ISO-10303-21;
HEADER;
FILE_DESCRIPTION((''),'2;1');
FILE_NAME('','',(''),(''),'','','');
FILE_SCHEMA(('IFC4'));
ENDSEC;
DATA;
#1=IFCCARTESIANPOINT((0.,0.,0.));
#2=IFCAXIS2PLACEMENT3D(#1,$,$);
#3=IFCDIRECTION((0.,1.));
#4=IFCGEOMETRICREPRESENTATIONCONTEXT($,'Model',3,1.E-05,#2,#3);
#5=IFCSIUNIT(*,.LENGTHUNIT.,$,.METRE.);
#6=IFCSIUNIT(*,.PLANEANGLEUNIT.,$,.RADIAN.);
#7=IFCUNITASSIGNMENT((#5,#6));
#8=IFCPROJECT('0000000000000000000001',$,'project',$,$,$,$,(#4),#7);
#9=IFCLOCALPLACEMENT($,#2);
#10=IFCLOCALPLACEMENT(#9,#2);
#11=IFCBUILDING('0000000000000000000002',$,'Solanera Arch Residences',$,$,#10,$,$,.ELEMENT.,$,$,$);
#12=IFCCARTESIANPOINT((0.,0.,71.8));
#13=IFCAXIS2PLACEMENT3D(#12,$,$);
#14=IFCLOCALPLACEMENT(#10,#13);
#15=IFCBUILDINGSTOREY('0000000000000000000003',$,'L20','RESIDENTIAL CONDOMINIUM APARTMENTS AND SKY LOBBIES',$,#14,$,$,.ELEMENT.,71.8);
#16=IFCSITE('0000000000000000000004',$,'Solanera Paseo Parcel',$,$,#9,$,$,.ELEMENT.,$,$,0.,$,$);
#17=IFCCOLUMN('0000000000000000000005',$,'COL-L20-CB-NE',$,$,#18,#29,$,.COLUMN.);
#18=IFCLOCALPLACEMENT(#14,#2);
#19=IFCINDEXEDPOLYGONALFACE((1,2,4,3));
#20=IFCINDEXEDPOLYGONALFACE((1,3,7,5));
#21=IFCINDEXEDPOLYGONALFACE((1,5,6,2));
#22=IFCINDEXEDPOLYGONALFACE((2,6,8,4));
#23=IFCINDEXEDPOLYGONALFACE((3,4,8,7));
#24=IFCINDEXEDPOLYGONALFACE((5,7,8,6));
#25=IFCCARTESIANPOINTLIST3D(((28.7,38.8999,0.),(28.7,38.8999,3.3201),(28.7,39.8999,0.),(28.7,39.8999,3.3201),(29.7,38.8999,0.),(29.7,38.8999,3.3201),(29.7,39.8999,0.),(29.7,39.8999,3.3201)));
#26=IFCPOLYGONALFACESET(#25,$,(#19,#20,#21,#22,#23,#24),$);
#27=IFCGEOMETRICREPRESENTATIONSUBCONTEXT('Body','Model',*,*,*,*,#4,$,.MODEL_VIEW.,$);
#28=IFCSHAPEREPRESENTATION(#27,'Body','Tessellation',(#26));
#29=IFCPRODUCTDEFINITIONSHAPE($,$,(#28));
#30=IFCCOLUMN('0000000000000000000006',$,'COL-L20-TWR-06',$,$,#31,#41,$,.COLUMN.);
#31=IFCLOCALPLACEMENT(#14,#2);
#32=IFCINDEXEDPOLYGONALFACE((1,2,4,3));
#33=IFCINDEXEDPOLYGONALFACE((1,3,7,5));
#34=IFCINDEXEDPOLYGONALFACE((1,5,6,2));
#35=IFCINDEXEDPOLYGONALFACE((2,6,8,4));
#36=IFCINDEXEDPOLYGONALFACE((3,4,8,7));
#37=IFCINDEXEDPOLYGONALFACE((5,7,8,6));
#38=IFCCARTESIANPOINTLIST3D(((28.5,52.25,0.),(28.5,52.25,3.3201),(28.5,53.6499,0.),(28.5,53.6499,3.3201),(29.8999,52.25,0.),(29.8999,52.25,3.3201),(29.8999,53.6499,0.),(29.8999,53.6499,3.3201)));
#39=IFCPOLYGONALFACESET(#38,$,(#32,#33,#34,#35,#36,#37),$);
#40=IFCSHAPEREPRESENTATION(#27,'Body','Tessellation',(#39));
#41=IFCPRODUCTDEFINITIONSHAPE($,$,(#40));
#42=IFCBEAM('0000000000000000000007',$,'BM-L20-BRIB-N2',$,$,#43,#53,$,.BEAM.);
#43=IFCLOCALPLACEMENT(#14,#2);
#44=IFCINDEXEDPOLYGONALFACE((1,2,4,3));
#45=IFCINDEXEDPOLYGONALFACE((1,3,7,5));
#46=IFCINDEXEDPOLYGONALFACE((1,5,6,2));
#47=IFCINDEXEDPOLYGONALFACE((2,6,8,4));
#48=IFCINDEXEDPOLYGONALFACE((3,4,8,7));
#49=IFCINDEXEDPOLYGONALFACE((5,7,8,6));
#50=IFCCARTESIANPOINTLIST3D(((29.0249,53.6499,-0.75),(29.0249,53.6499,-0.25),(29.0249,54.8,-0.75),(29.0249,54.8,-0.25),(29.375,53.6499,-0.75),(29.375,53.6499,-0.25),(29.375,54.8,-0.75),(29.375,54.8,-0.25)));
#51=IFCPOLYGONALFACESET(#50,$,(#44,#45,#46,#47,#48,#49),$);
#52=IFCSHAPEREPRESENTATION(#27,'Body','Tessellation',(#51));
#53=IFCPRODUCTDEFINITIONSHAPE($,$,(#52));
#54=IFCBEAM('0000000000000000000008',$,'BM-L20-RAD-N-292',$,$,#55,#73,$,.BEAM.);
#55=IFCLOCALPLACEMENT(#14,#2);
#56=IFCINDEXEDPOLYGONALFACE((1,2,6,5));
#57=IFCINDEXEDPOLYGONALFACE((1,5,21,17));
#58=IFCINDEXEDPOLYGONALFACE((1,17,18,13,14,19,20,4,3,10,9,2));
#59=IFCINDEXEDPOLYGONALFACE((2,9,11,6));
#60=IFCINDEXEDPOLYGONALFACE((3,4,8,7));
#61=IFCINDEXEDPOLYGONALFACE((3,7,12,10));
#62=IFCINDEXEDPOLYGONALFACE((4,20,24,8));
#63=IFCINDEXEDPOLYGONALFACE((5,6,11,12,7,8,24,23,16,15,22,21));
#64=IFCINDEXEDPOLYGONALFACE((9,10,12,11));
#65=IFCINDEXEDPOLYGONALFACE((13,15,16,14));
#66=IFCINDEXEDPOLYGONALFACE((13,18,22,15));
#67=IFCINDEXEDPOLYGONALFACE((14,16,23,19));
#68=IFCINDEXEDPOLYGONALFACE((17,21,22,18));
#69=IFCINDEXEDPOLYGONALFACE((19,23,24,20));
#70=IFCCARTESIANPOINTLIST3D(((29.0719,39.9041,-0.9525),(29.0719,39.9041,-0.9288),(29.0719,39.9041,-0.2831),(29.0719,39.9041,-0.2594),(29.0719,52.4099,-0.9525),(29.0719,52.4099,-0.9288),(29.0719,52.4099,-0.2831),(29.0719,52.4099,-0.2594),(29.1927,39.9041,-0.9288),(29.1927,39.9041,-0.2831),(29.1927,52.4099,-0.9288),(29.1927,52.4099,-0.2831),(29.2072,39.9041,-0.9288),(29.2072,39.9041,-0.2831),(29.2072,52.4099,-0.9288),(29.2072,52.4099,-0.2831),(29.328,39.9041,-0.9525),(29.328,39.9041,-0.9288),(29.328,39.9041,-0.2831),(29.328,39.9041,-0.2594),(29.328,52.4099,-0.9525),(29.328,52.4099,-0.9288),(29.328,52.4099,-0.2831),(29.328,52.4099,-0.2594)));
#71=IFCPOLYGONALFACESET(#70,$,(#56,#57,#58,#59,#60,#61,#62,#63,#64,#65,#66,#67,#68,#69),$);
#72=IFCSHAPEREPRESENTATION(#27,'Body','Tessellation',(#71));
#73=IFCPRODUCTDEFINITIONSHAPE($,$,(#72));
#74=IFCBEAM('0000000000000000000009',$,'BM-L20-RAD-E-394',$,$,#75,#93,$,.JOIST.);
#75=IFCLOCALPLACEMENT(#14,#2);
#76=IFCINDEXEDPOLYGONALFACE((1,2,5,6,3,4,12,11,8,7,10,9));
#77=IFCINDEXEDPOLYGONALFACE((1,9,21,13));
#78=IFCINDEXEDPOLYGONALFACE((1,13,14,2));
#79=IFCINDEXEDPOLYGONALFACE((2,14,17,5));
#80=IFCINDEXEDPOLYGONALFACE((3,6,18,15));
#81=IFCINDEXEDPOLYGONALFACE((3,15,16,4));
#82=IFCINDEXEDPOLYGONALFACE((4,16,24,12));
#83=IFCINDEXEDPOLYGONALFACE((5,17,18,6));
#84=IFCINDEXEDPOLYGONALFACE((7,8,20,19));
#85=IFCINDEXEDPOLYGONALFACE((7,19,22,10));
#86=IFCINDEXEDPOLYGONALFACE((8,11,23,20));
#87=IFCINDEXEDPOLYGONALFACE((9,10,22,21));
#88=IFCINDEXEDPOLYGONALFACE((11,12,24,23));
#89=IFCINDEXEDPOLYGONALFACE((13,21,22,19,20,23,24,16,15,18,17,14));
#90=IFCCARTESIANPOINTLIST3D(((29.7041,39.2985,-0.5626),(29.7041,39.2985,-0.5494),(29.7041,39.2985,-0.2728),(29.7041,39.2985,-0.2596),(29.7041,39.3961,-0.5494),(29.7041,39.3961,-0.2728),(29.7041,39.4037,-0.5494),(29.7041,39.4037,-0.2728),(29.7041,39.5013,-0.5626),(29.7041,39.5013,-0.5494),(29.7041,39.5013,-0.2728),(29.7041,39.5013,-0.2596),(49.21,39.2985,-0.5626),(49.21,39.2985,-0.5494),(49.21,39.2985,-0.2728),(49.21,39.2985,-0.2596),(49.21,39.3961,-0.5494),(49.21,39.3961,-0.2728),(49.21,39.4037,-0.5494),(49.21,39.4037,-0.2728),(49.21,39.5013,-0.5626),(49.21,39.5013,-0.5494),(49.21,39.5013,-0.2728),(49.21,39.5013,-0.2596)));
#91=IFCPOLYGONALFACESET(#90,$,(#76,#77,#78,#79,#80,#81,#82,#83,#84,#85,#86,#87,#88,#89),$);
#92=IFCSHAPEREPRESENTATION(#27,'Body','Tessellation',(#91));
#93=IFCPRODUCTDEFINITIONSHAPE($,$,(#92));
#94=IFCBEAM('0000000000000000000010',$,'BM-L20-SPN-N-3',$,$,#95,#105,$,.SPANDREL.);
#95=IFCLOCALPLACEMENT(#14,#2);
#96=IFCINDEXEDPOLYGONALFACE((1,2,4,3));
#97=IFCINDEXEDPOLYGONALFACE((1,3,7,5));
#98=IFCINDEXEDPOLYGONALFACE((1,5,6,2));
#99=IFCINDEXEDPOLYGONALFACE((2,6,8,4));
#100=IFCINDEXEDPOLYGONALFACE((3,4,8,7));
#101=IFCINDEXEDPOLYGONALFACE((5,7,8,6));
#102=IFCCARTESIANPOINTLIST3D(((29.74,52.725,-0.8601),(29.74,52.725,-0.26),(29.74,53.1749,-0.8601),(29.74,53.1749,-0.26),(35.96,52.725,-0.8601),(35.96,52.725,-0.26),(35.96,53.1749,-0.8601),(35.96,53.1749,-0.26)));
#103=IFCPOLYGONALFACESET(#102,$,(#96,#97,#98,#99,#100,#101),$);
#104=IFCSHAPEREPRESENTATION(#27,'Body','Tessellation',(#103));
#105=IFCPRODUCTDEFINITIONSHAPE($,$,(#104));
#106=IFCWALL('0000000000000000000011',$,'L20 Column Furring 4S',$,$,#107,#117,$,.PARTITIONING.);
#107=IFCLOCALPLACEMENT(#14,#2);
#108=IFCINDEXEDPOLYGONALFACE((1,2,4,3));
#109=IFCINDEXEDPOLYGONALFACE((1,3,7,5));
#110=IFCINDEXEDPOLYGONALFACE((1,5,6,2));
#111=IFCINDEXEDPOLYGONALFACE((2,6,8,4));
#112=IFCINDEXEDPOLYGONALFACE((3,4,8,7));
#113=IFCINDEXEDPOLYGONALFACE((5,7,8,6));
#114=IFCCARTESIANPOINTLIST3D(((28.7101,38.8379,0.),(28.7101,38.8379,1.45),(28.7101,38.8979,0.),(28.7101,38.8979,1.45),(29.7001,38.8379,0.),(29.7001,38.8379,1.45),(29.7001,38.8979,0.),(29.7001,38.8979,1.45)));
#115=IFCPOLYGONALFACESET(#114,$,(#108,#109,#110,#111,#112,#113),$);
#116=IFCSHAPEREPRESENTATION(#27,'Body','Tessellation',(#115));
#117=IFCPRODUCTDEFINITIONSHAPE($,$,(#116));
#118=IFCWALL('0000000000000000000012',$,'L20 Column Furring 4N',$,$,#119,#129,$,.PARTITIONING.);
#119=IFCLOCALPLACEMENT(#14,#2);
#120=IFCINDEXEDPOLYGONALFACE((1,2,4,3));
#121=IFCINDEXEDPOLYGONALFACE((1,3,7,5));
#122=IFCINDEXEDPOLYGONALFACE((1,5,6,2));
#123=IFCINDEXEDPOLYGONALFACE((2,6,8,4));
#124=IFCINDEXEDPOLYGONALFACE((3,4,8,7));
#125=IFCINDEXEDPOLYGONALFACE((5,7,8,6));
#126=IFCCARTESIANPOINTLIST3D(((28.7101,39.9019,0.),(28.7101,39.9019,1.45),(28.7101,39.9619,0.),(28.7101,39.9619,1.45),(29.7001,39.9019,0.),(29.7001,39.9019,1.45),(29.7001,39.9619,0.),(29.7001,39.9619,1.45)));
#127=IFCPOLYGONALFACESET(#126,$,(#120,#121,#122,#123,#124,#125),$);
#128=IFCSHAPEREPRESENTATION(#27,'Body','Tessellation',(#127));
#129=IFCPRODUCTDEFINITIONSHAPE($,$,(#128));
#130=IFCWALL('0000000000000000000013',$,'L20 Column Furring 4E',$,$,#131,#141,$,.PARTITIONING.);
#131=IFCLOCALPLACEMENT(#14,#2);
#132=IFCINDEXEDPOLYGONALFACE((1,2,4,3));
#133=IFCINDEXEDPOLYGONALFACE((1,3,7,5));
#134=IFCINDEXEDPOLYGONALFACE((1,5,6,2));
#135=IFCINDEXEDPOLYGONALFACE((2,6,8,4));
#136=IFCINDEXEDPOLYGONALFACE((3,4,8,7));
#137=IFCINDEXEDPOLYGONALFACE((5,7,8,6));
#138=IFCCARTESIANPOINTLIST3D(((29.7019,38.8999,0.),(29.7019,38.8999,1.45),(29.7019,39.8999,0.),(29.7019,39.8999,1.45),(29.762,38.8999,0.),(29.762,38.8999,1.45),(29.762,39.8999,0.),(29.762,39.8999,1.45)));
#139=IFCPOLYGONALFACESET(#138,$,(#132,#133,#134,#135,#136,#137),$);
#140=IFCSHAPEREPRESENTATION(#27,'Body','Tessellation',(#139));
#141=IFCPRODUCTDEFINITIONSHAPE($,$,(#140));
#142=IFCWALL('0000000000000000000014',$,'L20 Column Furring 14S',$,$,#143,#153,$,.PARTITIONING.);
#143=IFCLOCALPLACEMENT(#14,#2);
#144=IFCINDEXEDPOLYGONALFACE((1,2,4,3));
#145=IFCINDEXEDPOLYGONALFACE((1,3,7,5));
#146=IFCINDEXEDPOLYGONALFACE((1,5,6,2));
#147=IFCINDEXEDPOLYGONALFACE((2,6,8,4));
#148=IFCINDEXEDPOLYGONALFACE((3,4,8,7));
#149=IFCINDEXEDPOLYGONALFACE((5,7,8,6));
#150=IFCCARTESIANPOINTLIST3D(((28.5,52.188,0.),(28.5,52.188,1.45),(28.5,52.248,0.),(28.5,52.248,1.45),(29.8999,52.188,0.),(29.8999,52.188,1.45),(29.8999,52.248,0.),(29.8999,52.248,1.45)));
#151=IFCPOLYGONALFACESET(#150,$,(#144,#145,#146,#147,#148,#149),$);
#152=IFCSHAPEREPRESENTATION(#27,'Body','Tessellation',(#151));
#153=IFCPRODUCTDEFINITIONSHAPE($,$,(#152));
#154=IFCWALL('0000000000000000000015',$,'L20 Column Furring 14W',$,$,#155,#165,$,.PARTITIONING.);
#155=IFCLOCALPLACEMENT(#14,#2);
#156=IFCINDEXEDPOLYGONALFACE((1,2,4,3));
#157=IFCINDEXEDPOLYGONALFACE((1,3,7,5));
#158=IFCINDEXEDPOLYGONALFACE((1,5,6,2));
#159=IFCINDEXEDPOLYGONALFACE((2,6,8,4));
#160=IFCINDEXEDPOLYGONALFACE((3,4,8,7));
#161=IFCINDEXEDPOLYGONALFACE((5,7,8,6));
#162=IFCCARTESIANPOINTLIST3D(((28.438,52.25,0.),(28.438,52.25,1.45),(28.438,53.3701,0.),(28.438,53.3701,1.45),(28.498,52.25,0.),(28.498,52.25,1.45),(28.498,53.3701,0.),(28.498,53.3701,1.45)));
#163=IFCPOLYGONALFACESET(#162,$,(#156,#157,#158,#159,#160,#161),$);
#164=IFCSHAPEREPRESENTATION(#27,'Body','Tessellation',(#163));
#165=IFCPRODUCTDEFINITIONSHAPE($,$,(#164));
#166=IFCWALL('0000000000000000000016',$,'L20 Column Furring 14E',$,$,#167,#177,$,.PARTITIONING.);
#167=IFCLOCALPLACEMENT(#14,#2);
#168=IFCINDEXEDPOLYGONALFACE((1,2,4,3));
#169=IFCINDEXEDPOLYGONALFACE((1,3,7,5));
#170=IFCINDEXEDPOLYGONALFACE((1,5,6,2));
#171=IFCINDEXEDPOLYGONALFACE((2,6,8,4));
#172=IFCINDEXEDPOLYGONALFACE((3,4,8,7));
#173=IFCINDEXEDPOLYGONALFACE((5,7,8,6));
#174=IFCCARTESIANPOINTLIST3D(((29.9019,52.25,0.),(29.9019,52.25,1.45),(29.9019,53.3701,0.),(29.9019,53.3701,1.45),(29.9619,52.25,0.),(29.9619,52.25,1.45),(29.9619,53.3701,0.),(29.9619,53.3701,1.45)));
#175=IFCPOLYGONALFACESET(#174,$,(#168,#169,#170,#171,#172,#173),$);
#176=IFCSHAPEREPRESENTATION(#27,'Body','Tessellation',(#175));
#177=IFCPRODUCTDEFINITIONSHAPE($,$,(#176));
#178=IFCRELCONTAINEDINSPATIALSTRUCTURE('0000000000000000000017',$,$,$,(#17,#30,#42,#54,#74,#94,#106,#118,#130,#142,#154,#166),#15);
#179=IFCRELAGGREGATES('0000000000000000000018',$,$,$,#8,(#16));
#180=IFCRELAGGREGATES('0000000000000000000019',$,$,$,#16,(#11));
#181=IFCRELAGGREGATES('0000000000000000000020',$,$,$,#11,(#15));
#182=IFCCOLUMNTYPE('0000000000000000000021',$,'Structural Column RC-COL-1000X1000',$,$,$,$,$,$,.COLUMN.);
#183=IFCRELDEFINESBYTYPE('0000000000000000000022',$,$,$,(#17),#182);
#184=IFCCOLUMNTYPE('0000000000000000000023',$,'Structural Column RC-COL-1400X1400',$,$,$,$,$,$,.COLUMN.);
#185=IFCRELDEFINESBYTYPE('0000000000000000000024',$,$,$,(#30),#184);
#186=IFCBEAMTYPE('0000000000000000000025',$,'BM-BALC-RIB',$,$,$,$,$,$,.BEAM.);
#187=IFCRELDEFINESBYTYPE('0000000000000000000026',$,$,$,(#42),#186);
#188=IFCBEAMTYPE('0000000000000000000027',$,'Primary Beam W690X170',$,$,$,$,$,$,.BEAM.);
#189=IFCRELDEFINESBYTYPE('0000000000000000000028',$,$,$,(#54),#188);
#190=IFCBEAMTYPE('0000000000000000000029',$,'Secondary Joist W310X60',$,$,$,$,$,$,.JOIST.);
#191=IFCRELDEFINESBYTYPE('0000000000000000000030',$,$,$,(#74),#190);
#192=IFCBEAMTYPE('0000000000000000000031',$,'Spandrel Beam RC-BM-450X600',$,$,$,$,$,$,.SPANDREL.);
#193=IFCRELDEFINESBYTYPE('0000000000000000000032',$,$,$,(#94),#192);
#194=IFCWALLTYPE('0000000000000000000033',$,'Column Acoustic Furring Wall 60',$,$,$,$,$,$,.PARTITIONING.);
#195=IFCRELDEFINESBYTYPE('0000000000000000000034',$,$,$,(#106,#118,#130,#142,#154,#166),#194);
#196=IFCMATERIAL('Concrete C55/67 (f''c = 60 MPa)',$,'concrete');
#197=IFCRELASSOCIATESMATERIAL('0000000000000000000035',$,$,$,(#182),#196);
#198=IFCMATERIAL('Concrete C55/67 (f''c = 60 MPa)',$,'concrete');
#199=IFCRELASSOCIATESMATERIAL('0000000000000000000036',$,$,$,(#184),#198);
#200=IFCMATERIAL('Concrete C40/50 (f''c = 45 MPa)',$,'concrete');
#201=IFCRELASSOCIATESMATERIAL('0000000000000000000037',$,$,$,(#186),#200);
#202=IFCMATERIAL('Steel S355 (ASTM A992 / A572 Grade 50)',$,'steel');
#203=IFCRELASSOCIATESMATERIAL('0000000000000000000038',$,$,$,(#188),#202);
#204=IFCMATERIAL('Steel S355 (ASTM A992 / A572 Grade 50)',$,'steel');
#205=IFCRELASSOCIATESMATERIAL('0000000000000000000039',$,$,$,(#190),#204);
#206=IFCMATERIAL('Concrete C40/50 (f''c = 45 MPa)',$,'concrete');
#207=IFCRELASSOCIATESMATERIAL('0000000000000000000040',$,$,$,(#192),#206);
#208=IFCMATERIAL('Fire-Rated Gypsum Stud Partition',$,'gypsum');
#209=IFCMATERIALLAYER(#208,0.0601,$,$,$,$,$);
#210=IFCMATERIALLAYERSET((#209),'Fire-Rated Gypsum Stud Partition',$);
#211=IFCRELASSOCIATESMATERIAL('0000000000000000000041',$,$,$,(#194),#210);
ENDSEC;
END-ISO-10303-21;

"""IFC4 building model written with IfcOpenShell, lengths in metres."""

from ifc_helpers import new_model, si_unit, direction, frame, frame_2d, origin, origin_2d, place, context, subcontext, project, spatial, rectangle, i_section, extrude, material, layer, layer_set, material_profile, profile_set, type_object, element, save


model = new_model("IFC4")

# Units and contexts
model_context = context("Model", 3, precision=1e-05, world=origin(), true_north=direction((0.0, 1.0)))
body_context = subcontext(model_context, "Body", "Model", "MODEL_VIEW")
ifc_project = project(units=[si_unit("LENGTHUNIT", "METRE"), si_unit("PLANEANGLEUNIT", "RADIAN")], contexts=[model_context])

# Site, building, storey
site_placement = place(None, origin())
site = spatial("IfcSite", under=ifc_project, at=site_placement, Name="Solanera Paseo Parcel", CompositionType="ELEMENT", RefElevation=0.0)
building_placement = place(site_placement, origin())
building = spatial("IfcBuilding", under=site, at=building_placement, Name="Solanera Arch Residences", CompositionType="ELEMENT")
storey_placement = place(building_placement, frame((0.0, 0.0, 71.8)))
storey = spatial("IfcBuildingStorey", under=building, at=storey_placement, Name="L20", Description="RESIDENTIAL CONDOMINIUM APARTMENTS AND SKY LOBBIES", CompositionType="ELEMENT", Elevation=71.8)

# Columns
ifc_material_1 = material(Name="Concrete C55/67 (f'c = 60 MPa)", Category="concrete")
ifc_material_profile_1 = material_profile(ifc_material_1, rectangle(XDim=1.0, YDim=1.0, at=origin_2d()))
ifc_profile_set_1 = profile_set([ifc_material_profile_1], Name="Concrete C55/67 (f'c = 60 MPa)")
column_type_1 = type_object("IfcColumnType", Name="Structural Column RC-COL-1000X1000", PredefinedType="COLUMN", material=ifc_profile_set_1)
column_1_placement = place(storey_placement, frame((29.2, 39.3999, 0.0), z_axis=(0.0, 0.0, 1.0), x_axis=(1.0, 0.0, 0.0)))
element("IfcColumn", 1, at=column_1_placement, inside=storey, type_object=column_type_1, Name="COL-L20-CB-NE", PredefinedType="COLUMN", context=body_context, shape_type="SweptSolid", body=[
    extrude(rectangle(XDim=1.0, YDim=1.0, at=origin_2d()), origin(), (0.0, 0.0, 1.0), 3.3201),
])
ifc_material_2 = material(Name="Concrete C55/67 (f'c = 60 MPa)", Category="concrete")
ifc_material_profile_2 = material_profile(ifc_material_2, rectangle(XDim=1.3999, YDim=1.3999, at=origin_2d()))
ifc_profile_set_2 = profile_set([ifc_material_profile_2], Name="Concrete C55/67 (f'c = 60 MPa)")
column_type_2 = type_object("IfcColumnType", Name="Structural Column RC-COL-1400X1400", PredefinedType="COLUMN", material=ifc_profile_set_2)
column_2_placement = place(storey_placement, frame((29.2, 52.95, 0.0), z_axis=(0.0, 0.0, 1.0), x_axis=(1.0, 0.0, 0.0)))
element("IfcColumn", 2, at=column_2_placement, inside=storey, type_object=column_type_2, Name="COL-L20-TWR-06", PredefinedType="COLUMN", context=body_context, shape_type="SweptSolid", body=[
    extrude(rectangle(XDim=1.3999, YDim=1.3999, at=origin_2d()), origin(), (0.0, 0.0, 1.0), 3.3201),
])

# Beams
ifc_material_3 = material(Name="Concrete C40/50 (f'c = 45 MPa)", Category="concrete")
ifc_material_profile_3 = material_profile(ifc_material_3, rectangle(XDim=0.3501, YDim=0.5, at=origin_2d()))
ifc_profile_set_3 = profile_set([ifc_material_profile_3], Name="Concrete C40/50 (f'c = 45 MPa)")
beam_type_1 = type_object("IfcBeamType", Name="BM-BALC-RIB", PredefinedType="BEAM", material=ifc_profile_set_3)
beam_1_placement = place(storey_placement, frame((29.2, 53.6499, -0.5), z_axis=(0.0, 1.0, 0.0), x_axis=(-1.0, 0.0, 0.0)))
element("IfcBeam", 3, at=beam_1_placement, inside=storey, type_object=beam_type_1, Name="BM-L20-BRIB-N2", PredefinedType="BEAM", context=body_context, shape_type="SweptSolid", body=[
    extrude(rectangle(XDim=0.3501, YDim=0.5, at=origin_2d()), origin(), (0.0, 0.0, 1.0), 1.1501),
])
ifc_material_4 = material(Name="Steel S355 (ASTM A992 / A572 Grade 50)", Category="steel")
ifc_material_profile_4 = material_profile(ifc_material_4, i_section(OverallWidth=0.2561, OverallDepth=0.6931, WebThickness=0.0144, FlangeThickness=0.0237, at=origin_2d()))
ifc_profile_set_4 = profile_set([ifc_material_profile_4], Name="Steel S355 (ASTM A992 / A572 Grade 50)")
beam_type_2 = type_object("IfcBeamType", Name="Primary Beam W690X170", PredefinedType="BEAM", material=ifc_profile_set_4)
beam_2_placement = place(storey_placement, frame((29.2, 39.9041, -0.606), z_axis=(0.0, 1.0, 0.0), x_axis=(-1.0, 0.0, 0.0)))
element("IfcBeam", 4, at=beam_2_placement, inside=storey, type_object=beam_type_2, Name="BM-L20-RAD-N-292", PredefinedType="BEAM", context=body_context, shape_type="SweptSolid", body=[
    extrude(i_section(OverallWidth=0.2561, OverallDepth=0.6931, WebThickness=0.0144, FlangeThickness=0.0237, at=origin_2d()), origin(), (0.0, 0.0, 1.0), 12.5059),
])
ifc_material_5 = material(Name="Steel S355 (ASTM A992 / A572 Grade 50)", Category="steel")
ifc_material_profile_5 = material_profile(ifc_material_5, i_section(OverallWidth=0.2029, OverallDepth=0.303, WebThickness=0.0076, FlangeThickness=0.0132, at=origin_2d()))
ifc_profile_set_5 = profile_set([ifc_material_profile_5], Name="Steel S355 (ASTM A992 / A572 Grade 50)")
beam_type_3 = type_object("IfcBeamType", Name="Secondary Joist W310X60", PredefinedType="JOIST", material=ifc_profile_set_5)
beam_3_placement = place(storey_placement, frame((29.7041, 39.3999, -0.4111), z_axis=(1.0, 0.0, 0.0), x_axis=(0.0, 1.0, 0.0)))
element("IfcBeam", 5, at=beam_3_placement, inside=storey, type_object=beam_type_3, Name="BM-L20-RAD-E-394", PredefinedType="JOIST", context=body_context, shape_type="SweptSolid", body=[
    extrude(i_section(OverallWidth=0.2029, OverallDepth=0.303, WebThickness=0.0076, FlangeThickness=0.0132, at=origin_2d()), origin(), (0.0, 0.0, 1.0), 19.5059),
])
ifc_material_6 = material(Name="Concrete C40/50 (f'c = 45 MPa)", Category="concrete")
ifc_material_profile_6 = material_profile(ifc_material_6, rectangle(XDim=0.45, YDim=0.6001, at=origin_2d()))
ifc_profile_set_6 = profile_set([ifc_material_profile_6], Name="Concrete C40/50 (f'c = 45 MPa)")
beam_type_4 = type_object("IfcBeamType", Name="Spandrel Beam RC-BM-450X600", PredefinedType="SPANDREL", material=ifc_profile_set_6)
beam_4_placement = place(storey_placement, frame((29.74, 52.95, -0.5601), z_axis=(1.0, 0.0, 0.0), x_axis=(0.0, 1.0, 0.0)))
element("IfcBeam", 6, at=beam_4_placement, inside=storey, type_object=beam_type_4, Name="BM-L20-SPN-N-3", PredefinedType="SPANDREL", context=body_context, shape_type="SweptSolid", body=[
    extrude(rectangle(XDim=0.45, YDim=0.6001, at=origin_2d()), origin(), (0.0, 0.0, 1.0), 6.22),
])

# Walls
ifc_material_7 = material(Name="Fire-Rated Gypsum Stud Partition", Category="gypsum")
ifc_layer_1 = layer(ifc_material_7, 0.0601)
ifc_layer_set_1 = layer_set([ifc_layer_1], Name="Fire-Rated Gypsum Stud Partition")
wall_type_1 = type_object("IfcWallType", Name="Column Acoustic Furring Wall 60", PredefinedType="PARTITIONING", material=ifc_layer_set_1)
for number, where, z_axis, x_axis, name in (
    (7, (28.71, 38.8679, 0.0), (0.0, 0.0, 1.0), (1.0, 0.0, 0.0), "L20 Column Furring 4S"),
    (8, (28.71, 39.9319, 0.0), (0.0, 0.0, 1.0), (1.0, 0.0, 0.0), "L20 Column Furring 4N"),
):
    element("IfcWall", number, at=place(storey_placement, frame(where, z_axis=z_axis, x_axis=x_axis)), inside=storey, type_object=wall_type_1, Name=name, PredefinedType="PARTITIONING", context=body_context, shape_type="SweptSolid", body=[
        extrude(rectangle(XDim=0.99, YDim=0.0601, at=frame_2d((0.4951, 0.0))), origin(), (0.0, 0.0, 1.0), 1.45),
    ])
wall_1_placement = place(storey_placement, frame((29.7319, 38.8999, 0.0), z_axis=(0.0, 0.0, 1.0), x_axis=(0.0, 1.0, 0.0)))
element("IfcWall", 9, at=wall_1_placement, inside=storey, type_object=wall_type_1, Name="L20 Column Furring 4E", PredefinedType="PARTITIONING", context=body_context, shape_type="SweptSolid", body=[
    extrude(rectangle(XDim=1.0, YDim=0.0601, at=frame_2d((0.5, 0.0))), origin(), (0.0, 0.0, 1.0), 1.45),
])
wall_2_placement = place(storey_placement, frame((28.5, 52.218, 0.0), z_axis=(0.0, 0.0, 1.0), x_axis=(1.0, 0.0, 0.0)))
element("IfcWall", 10, at=wall_2_placement, inside=storey, type_object=wall_type_1, Name="L20 Column Furring 14S", PredefinedType="PARTITIONING", context=body_context, shape_type="SweptSolid", body=[
    extrude(rectangle(XDim=1.3999, YDim=0.0601, at=frame_2d((0.7, 0.0))), origin(), (0.0, 0.0, 1.0), 1.45),
])
for number, where, z_axis, x_axis, name in (
    (11, (28.468, 52.25, 0.0), (0.0, 0.0, 1.0), (0.0, 1.0, 0.0), "L20 Column Furring 14W"),
    (12, (29.9319, 52.25, 0.0), (0.0, 0.0, 1.0), (0.0, 1.0, 0.0), "L20 Column Furring 14E"),
):
    element("IfcWall", number, at=place(storey_placement, frame(where, z_axis=z_axis, x_axis=x_axis)), inside=storey, type_object=wall_type_1, Name=name, PredefinedType="PARTITIONING", context=body_context, shape_type="SweptSolid", body=[
        extrude(rectangle(XDim=1.1201, YDim=0.0601, at=frame_2d((0.5601, 0.0))), origin(), (0.0, 0.0, 1.0), 1.45),
    ])

save(model, "model.ifc")
